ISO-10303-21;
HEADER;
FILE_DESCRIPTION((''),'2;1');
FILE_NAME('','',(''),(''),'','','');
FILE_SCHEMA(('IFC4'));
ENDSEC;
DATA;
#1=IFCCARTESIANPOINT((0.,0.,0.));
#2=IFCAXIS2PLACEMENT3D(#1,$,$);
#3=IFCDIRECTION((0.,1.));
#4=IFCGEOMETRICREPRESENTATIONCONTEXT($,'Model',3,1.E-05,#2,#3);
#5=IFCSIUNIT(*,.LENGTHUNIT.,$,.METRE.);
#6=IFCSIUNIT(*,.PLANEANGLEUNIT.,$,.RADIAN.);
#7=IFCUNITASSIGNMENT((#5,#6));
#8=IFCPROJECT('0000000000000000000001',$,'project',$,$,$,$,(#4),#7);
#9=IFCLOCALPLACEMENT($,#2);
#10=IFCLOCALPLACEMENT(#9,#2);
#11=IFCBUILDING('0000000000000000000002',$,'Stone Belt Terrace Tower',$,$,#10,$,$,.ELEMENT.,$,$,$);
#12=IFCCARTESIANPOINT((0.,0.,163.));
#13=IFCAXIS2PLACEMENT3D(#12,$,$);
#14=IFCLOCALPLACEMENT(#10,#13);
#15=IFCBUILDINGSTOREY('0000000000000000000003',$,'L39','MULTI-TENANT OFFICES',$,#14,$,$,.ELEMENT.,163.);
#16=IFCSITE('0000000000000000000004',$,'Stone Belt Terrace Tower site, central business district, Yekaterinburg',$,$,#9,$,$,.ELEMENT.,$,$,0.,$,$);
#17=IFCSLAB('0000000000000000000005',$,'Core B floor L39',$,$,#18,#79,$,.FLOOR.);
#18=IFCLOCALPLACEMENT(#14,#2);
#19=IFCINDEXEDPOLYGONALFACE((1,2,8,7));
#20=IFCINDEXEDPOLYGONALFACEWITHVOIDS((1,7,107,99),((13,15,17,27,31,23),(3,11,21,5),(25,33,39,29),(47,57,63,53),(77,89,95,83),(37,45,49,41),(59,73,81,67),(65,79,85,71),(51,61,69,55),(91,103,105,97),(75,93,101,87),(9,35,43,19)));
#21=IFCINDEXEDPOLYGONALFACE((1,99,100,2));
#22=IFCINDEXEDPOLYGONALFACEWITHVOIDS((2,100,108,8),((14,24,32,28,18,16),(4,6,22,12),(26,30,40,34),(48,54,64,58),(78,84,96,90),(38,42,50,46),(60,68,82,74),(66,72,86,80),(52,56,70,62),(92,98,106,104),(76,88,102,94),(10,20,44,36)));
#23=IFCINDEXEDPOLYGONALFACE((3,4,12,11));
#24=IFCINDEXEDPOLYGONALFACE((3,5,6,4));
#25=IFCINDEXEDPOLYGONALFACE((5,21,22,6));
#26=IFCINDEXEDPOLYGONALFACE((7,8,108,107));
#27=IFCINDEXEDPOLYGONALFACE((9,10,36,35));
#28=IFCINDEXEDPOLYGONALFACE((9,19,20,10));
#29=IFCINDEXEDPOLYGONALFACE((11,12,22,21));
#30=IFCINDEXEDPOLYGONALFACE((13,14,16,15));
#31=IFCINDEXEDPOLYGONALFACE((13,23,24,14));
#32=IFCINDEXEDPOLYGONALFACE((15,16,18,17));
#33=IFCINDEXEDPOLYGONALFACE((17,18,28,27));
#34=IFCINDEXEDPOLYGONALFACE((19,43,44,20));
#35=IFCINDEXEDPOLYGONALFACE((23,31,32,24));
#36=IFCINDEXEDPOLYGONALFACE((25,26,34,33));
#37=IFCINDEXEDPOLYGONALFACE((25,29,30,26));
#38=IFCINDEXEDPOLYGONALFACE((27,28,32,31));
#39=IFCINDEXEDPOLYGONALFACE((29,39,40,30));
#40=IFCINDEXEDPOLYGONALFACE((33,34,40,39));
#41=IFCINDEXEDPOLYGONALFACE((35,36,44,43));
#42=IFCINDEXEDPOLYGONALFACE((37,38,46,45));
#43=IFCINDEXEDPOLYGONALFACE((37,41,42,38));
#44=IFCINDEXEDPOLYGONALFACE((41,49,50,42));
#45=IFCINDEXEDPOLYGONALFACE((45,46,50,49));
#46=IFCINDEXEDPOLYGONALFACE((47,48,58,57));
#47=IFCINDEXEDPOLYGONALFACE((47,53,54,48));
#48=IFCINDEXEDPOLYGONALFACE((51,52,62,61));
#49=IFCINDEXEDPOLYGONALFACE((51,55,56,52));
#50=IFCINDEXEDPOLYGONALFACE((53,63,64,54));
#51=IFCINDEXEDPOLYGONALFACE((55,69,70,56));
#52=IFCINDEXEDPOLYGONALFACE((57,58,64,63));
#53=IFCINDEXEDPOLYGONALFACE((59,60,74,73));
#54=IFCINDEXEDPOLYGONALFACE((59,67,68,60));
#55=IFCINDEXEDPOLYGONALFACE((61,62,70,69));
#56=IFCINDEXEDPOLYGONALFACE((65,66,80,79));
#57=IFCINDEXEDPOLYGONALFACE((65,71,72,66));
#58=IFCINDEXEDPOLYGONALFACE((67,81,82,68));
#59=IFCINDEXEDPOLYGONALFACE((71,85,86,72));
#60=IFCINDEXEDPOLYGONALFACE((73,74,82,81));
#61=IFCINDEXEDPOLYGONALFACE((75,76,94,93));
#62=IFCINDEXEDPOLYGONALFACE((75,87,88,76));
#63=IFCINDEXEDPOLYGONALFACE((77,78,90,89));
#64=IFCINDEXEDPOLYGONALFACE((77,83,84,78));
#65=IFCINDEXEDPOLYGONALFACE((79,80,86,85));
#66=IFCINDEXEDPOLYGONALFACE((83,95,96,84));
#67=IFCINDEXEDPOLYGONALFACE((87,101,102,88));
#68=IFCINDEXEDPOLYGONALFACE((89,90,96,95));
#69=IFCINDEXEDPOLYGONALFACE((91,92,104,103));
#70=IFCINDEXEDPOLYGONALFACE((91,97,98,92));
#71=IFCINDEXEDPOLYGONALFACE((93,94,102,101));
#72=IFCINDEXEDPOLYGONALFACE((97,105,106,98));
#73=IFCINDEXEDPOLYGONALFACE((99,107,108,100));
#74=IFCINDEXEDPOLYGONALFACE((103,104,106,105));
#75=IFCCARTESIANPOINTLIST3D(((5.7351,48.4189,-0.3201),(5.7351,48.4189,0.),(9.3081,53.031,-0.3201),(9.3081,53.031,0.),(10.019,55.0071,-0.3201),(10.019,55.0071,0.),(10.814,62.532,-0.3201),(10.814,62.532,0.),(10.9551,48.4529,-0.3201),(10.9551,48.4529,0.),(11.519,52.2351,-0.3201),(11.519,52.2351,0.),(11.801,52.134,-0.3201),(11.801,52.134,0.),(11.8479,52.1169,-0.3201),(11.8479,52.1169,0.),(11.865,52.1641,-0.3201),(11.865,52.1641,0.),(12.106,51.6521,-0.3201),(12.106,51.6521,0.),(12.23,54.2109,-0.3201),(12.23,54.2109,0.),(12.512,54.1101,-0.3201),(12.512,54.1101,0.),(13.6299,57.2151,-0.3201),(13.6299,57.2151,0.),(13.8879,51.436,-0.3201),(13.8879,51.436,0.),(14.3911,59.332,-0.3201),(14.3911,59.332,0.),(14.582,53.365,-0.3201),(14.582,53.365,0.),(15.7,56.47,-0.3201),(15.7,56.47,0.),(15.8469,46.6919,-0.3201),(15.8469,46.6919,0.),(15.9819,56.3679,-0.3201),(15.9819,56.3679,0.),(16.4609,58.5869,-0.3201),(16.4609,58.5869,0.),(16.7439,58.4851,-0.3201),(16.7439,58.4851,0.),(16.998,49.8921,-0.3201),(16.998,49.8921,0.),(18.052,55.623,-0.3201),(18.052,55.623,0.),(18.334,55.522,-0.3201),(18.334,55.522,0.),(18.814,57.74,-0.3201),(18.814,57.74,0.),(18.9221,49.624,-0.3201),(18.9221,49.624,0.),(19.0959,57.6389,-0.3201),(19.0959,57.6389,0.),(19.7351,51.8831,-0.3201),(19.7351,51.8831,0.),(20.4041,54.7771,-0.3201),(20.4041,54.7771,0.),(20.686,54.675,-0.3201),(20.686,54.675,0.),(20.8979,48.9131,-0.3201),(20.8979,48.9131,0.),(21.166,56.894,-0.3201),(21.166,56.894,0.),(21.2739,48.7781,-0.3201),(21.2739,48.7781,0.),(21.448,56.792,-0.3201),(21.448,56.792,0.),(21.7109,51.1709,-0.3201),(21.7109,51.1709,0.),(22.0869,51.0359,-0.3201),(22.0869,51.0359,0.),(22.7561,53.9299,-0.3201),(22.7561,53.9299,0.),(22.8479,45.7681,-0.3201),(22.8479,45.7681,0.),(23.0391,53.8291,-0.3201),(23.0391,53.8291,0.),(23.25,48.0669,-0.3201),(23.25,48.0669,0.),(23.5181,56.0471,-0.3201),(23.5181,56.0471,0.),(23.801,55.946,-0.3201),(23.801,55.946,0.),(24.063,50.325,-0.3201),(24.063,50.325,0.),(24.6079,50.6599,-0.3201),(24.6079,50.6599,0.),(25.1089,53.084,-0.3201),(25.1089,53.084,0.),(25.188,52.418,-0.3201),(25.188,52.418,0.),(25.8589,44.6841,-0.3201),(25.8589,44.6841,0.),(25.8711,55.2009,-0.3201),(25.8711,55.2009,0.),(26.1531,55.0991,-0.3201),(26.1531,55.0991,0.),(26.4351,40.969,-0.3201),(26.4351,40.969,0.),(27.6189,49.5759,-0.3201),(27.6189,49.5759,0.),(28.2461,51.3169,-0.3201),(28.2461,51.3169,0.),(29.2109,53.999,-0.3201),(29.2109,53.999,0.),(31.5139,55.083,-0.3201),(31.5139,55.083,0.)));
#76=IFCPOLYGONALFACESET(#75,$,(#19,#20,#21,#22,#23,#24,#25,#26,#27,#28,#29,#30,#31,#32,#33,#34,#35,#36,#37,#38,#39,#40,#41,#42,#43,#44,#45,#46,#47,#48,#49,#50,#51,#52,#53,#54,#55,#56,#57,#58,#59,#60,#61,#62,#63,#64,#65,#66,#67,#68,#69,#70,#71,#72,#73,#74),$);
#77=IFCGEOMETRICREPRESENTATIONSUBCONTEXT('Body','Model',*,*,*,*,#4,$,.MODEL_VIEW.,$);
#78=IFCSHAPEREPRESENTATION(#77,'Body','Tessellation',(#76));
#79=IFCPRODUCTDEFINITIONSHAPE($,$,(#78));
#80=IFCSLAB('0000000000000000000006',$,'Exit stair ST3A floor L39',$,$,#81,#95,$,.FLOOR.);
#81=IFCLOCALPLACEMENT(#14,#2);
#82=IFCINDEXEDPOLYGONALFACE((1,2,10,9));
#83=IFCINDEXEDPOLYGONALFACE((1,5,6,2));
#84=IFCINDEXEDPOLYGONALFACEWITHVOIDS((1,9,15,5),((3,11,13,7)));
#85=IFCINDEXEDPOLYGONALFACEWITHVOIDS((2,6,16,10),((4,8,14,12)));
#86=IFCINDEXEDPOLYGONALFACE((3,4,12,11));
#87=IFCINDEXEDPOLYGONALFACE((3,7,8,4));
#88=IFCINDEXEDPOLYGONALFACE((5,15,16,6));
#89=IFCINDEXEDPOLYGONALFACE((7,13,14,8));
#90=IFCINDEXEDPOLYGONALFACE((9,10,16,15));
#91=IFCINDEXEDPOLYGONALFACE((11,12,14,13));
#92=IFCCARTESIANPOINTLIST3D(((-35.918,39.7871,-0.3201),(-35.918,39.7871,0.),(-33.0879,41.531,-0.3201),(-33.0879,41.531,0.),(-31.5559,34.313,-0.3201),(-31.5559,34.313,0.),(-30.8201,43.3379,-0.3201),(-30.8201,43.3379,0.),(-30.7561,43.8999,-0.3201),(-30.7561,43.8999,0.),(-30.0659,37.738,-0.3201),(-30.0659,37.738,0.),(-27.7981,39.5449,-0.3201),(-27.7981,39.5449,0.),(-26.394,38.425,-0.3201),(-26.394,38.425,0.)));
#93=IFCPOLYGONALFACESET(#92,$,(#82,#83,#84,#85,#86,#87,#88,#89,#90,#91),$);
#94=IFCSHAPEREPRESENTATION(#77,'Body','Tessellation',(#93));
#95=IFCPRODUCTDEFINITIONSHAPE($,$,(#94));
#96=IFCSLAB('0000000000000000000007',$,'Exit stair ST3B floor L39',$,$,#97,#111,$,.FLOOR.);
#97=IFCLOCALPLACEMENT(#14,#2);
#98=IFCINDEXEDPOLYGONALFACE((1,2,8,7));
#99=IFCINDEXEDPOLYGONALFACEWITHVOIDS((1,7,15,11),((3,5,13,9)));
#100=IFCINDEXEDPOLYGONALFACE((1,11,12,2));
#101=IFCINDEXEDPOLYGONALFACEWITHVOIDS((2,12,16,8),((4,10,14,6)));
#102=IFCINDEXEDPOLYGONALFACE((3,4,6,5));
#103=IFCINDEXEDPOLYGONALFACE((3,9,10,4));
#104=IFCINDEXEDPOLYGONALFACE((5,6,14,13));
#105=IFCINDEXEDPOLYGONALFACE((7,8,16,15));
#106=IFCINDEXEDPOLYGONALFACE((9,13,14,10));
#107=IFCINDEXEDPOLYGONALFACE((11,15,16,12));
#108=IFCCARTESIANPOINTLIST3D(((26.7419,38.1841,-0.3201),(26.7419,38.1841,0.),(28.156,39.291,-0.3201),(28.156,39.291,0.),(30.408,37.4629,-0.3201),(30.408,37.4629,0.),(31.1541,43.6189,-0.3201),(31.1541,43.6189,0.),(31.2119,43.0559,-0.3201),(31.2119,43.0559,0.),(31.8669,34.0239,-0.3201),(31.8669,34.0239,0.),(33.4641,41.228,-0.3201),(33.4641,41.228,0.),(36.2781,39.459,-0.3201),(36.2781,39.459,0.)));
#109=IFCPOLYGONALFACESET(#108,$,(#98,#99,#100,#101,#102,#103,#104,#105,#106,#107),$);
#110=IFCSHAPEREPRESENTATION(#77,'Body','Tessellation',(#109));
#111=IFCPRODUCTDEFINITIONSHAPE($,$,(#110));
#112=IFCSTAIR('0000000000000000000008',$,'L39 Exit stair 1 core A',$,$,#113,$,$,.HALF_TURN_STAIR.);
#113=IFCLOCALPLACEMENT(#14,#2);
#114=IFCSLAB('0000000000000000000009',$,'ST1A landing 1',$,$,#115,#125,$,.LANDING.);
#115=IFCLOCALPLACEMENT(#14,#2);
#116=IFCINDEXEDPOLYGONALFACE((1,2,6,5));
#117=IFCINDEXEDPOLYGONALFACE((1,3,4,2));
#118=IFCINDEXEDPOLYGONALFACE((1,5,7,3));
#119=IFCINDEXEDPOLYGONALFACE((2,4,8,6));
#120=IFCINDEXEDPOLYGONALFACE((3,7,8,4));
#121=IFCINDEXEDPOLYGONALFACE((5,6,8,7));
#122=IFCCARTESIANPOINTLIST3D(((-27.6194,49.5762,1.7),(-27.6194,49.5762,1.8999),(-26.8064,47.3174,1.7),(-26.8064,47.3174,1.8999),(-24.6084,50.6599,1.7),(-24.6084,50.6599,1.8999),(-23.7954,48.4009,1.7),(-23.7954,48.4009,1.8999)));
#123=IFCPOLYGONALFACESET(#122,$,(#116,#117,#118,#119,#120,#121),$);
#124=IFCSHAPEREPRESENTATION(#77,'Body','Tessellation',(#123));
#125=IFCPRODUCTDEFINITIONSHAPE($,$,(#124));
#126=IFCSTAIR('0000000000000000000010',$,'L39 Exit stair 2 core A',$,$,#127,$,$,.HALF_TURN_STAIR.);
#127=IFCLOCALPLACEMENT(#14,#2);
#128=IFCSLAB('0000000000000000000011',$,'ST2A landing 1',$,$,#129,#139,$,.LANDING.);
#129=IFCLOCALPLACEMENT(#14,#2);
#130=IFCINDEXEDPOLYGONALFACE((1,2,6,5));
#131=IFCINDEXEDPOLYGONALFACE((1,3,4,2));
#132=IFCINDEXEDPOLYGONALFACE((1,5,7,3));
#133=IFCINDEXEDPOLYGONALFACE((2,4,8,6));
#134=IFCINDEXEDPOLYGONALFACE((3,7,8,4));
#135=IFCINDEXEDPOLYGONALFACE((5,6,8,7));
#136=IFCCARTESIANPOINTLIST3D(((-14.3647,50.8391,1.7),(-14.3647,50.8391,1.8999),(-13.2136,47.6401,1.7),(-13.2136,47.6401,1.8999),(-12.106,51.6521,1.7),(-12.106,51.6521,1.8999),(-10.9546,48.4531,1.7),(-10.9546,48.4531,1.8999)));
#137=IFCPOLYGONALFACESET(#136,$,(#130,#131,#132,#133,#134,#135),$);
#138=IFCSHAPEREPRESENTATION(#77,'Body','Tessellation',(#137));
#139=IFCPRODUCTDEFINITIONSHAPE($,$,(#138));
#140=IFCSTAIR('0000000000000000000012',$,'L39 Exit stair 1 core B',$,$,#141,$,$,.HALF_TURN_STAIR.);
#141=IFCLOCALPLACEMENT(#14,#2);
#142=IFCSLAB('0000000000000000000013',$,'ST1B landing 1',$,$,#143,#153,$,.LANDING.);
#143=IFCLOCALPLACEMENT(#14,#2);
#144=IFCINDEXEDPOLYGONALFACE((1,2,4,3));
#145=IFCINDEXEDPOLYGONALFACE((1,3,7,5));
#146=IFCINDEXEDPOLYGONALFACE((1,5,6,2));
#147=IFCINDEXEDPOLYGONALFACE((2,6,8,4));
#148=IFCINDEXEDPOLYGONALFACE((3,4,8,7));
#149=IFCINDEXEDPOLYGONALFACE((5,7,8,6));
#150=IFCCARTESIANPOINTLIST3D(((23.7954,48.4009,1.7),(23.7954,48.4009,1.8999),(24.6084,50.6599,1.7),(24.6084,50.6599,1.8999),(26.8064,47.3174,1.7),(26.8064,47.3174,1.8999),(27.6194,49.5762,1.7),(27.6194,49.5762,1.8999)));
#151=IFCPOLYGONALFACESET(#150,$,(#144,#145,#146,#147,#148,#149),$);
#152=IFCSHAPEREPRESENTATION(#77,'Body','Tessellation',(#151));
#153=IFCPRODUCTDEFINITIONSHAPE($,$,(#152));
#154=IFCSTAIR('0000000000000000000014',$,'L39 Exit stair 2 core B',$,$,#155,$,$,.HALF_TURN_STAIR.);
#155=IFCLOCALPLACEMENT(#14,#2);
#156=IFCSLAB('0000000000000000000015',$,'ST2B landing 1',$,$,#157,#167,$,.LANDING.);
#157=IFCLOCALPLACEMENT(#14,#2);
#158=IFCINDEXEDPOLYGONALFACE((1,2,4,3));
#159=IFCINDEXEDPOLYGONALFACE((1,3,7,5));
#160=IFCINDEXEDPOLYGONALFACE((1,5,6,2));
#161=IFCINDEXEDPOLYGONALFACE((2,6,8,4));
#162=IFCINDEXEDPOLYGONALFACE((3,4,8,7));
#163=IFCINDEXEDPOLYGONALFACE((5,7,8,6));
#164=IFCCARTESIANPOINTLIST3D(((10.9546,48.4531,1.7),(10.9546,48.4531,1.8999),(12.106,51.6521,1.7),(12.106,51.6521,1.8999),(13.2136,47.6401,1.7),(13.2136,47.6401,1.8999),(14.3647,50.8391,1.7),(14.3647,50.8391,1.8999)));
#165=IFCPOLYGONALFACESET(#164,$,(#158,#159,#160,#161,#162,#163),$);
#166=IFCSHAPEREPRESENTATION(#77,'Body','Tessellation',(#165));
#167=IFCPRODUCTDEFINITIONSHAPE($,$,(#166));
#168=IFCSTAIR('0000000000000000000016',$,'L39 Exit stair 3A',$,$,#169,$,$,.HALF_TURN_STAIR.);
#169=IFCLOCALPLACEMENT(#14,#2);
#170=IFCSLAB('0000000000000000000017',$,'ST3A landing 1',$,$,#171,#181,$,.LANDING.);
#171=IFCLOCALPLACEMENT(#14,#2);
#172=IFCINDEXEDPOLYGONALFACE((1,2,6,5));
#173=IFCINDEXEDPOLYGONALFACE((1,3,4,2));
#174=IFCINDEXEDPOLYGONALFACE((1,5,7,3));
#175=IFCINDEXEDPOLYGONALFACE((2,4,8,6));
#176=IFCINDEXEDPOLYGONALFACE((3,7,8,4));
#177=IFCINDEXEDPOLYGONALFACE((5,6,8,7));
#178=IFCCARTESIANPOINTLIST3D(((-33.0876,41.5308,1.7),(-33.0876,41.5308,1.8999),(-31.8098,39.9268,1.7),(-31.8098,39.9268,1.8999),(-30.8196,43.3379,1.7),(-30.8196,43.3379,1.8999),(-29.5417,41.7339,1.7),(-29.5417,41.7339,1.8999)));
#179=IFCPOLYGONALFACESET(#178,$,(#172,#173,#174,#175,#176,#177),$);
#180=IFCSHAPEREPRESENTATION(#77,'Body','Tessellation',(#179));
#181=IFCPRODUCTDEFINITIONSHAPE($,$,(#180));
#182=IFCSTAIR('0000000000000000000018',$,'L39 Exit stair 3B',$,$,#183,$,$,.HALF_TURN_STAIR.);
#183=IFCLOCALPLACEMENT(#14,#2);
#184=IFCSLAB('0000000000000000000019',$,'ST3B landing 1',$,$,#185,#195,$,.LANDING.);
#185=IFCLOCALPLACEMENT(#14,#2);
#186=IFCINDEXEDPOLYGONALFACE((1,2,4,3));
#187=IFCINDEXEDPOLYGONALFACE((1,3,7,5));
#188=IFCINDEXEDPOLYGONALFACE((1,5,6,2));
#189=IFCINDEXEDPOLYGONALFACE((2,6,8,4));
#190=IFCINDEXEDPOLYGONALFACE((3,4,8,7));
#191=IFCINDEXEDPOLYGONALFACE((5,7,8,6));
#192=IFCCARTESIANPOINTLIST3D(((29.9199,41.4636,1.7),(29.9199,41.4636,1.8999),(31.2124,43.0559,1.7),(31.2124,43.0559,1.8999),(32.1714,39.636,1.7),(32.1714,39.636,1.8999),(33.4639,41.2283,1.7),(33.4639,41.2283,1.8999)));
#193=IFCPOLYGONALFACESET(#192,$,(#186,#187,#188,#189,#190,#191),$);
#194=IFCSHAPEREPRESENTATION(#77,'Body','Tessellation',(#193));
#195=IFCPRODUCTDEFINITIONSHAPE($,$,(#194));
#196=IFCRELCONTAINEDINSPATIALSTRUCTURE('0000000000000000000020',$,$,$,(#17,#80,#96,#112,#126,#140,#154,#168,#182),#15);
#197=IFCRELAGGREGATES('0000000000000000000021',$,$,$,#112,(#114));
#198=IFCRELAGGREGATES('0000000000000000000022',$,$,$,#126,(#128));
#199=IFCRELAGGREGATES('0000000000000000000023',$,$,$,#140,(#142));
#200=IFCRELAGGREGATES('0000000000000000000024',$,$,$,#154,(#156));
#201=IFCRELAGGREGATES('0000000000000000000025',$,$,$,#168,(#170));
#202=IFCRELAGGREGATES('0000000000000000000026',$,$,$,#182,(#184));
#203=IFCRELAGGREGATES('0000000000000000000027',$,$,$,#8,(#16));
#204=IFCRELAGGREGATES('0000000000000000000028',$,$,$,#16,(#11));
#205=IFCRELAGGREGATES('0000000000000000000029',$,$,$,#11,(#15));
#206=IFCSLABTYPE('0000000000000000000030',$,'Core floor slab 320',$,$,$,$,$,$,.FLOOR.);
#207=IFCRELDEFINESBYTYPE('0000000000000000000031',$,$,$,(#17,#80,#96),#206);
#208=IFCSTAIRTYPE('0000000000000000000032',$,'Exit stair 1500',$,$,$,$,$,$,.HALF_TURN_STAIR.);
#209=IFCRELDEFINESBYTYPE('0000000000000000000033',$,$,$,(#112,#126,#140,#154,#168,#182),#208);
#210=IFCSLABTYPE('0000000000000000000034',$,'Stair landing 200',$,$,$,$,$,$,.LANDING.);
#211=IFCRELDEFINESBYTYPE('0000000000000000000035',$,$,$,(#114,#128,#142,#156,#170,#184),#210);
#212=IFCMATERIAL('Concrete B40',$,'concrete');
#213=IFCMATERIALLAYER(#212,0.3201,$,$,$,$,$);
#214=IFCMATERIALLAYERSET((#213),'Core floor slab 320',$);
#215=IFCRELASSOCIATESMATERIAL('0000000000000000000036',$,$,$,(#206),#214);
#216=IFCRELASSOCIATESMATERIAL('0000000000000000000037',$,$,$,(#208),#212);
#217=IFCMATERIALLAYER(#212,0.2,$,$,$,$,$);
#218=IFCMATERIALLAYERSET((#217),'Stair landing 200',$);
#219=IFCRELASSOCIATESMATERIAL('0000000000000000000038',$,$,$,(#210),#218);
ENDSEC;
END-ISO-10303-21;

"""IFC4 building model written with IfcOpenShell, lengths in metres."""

from ifc_helpers import new_model, si_unit, direction, frame, origin, place, context, subcontext, project, spatial, polyline, outline, extrude, material, layer, layer_set, type_object, element, aggregate, save


model = new_model("IFC4")

# Units and contexts
model_context = context("Model", 3, precision=1e-05, world=origin(), true_north=direction((0.0, 1.0)))
body_context = subcontext(model_context, "Body", "Model", "MODEL_VIEW")
ifc_project = project(units=[si_unit("LENGTHUNIT", "METRE"), si_unit("PLANEANGLEUNIT", "RADIAN")], contexts=[model_context])

# Site, building, storey
site_placement = place(None, origin())
site = spatial("IfcSite", under=ifc_project, at=site_placement, Name="Stone Belt Terrace Tower site, central business district, Yekaterinburg", CompositionType="ELEMENT", RefElevation=0.0)
building_placement = place(site_placement, origin())
building = spatial("IfcBuilding", under=site, at=building_placement, Name="Stone Belt Terrace Tower", CompositionType="ELEMENT")
storey_placement = place(building_placement, frame((0.0, 0.0, 163.0)))
storey = spatial("IfcBuildingStorey", under=building, at=storey_placement, Name="L39", Description="MULTI-TENANT OFFICES", CompositionType="ELEMENT", Elevation=163.0)

# Slabs
ifc_material_1 = material(Name="Concrete B40", Category="concrete")
ifc_layer_1 = layer(ifc_material_1, 0.3201)
ifc_layer_set_1 = layer_set([ifc_layer_1], Name="Core floor slab 320")
slab_type_1 = type_object("IfcSlabType", Name="Core floor slab 320", PredefinedType="FLOOR", material=ifc_layer_set_1)
slab_1_placement = place(storey_placement, frame((0.0, 0.0, -0.3201)))
element("IfcSlab", 1, at=slab_1_placement, inside=storey, type_object=slab_type_1, Name="Core B floor L39", PredefinedType="FLOOR", context=body_context, shape_type="SweptSolid", body=[
    extrude(outline(polyline([(26.4351, 40.969), (31.5139, 55.083), (10.814, 62.532), (5.7351, 48.4189), (26.4351, 40.969)]), holes=[polyline([(12.106, 51.6521), (16.998, 49.8921), (15.8469, 46.6919), (10.9551, 48.4529), (12.106, 51.6521)]), polyline([(12.512, 54.1101), (14.582, 53.365), (13.8879, 51.436), (11.865, 52.1641), (11.8479, 52.1169), (11.801, 52.134), (12.512, 54.1101)]), polyline([(9.3081, 53.031), (10.019, 55.0071), (12.23, 54.2109), (11.519, 52.2351), (9.3081, 53.031)]), polyline([(18.334, 55.522), (19.0959, 57.6389), (21.166, 56.894), (20.4041, 54.7771), (18.334, 55.522)]), polyline([(16.7439, 58.4851), (18.814, 57.74), (18.052, 55.623), (15.9819, 56.3679), (16.7439, 58.4851)]), polyline([(14.3911, 59.332), (16.4609, 58.5869), (15.7, 56.47), (13.6299, 57.2151), (14.3911, 59.332)]), polyline([(27.6189, 49.5759), (25.8589, 44.6841), (22.8479, 45.7681), (24.6079, 50.6599), (27.6189, 49.5759)]), polyline([(21.2739, 48.7781), (22.0869, 51.0359), (24.063, 50.325), (23.25, 48.0669), (21.2739, 48.7781)]), polyline([(18.9221, 49.624), (19.7351, 51.8831), (21.7109, 51.1709), (20.8979, 48.9131), (18.9221, 49.624)]), polyline([(26.1531, 55.0991), (29.2109, 53.999), (28.2461, 51.3169), (25.188, 52.418), (26.1531, 55.0991)]), polyline([(23.801, 55.946), (25.8711, 55.2009), (25.1089, 53.084), (23.0391, 53.8291), (23.801, 55.946)]), polyline([(21.448, 56.792), (23.5181, 56.0471), (22.7561, 53.9299), (20.686, 54.675), (21.448, 56.792)])]), origin(), (0.0, 0.0, 1.0), 0.3201),
])
slab_2_placement = place(storey_placement, frame((0.0, 0.0, -0.3201)))
element("IfcSlab", 2, at=slab_2_placement, inside=storey, type_object=slab_type_1, Name="Exit stair ST3A floor L39", PredefinedType="FLOOR", context=body_context, shape_type="SweptSolid", body=[
    extrude(outline(polyline([(-26.394, 38.425), (-30.7561, 43.8999), (-35.918, 39.7871), (-31.5559, 34.313), (-26.394, 38.425)]), holes=[polyline([(-27.7981, 39.5449), (-30.0659, 37.738), (-33.0879, 41.531), (-30.8201, 43.3379), (-27.7981, 39.5449)])]), origin(), (0.0, 0.0, 1.0), 0.3201),
])
slab_3_placement = place(storey_placement, frame((0.0, 0.0, -0.3201)))
element("IfcSlab", 3, at=slab_3_placement, inside=storey, type_object=slab_type_1, Name="Exit stair ST3B floor L39", PredefinedType="FLOOR", context=body_context, shape_type="SweptSolid", body=[
    extrude(outline(polyline([(26.7419, 38.1841), (31.8669, 34.0239), (36.2781, 39.459), (31.1541, 43.6189), (26.7419, 38.1841)]), holes=[polyline([(30.408, 37.4629), (28.156, 39.291), (31.2119, 43.0559), (33.4641, 41.228), (30.408, 37.4629)])]), origin(), (0.0, 0.0, 1.0), 0.3201),
])

# Stairs, slabs
stair_type = type_object("IfcStairType", Name="Exit stair 1500", PredefinedType="HALF_TURN_STAIR", material=ifc_material_1)
stair_1_placement = place(storey_placement, origin())
stair_1 = element("IfcStair", 4, at=stair_1_placement, inside=storey, type_object=stair_type, Name="L39 Exit stair 1 core A", PredefinedType="HALF_TURN_STAIR")
ifc_layer_2 = layer(ifc_material_1, 0.2)
ifc_layer_set_2 = layer_set([ifc_layer_2], Name="Stair landing 200")
slab_type_2 = type_object("IfcSlabType", Name="Stair landing 200", PredefinedType="LANDING", material=ifc_layer_set_2)
slab_4_placement = place(storey_placement, frame((0.0, 0.0, 1.7)))
slab_4 = element("IfcSlab", 5, at=slab_4_placement, type_object=slab_type_2, Name="ST1A landing 1", PredefinedType="LANDING", context=body_context, shape_type="SweptSolid", body=[
    extrude(outline(polyline([(-23.7954, 48.4009), (-24.6084, 50.6599), (-27.6194, 49.5762), (-26.8064, 47.3174), (-23.7954, 48.4009)])), origin(), (0.0, 0.0, 1.0), 0.2),
])
aggregate(stair_1, [slab_4])
stair_2_placement = place(storey_placement, origin())
stair_2 = element("IfcStair", 6, at=stair_2_placement, inside=storey, type_object=stair_type, Name="L39 Exit stair 2 core A", PredefinedType="HALF_TURN_STAIR")
slab_5_placement = place(storey_placement, frame((0.0, 0.0, 1.7)))
slab_5 = element("IfcSlab", 7, at=slab_5_placement, type_object=slab_type_2, Name="ST2A landing 1", PredefinedType="LANDING", context=body_context, shape_type="SweptSolid", body=[
    extrude(outline(polyline([(-13.2136, 47.6401), (-10.9546, 48.4531), (-12.106, 51.6521), (-14.3647, 50.8391), (-13.2136, 47.6401)])), origin(), (0.0, 0.0, 1.0), 0.2),
])
aggregate(stair_2, [slab_5])
stair_3_placement = place(storey_placement, origin())
stair_3 = element("IfcStair", 8, at=stair_3_placement, inside=storey, type_object=stair_type, Name="L39 Exit stair 1 core B", PredefinedType="HALF_TURN_STAIR")
slab_6_placement = place(storey_placement, frame((0.0, 0.0, 1.7)))
slab_6 = element("IfcSlab", 9, at=slab_6_placement, type_object=slab_type_2, Name="ST1B landing 1", PredefinedType="LANDING", context=body_context, shape_type="SweptSolid", body=[
    extrude(outline(polyline([(26.8064, 47.3174), (27.6194, 49.5762), (24.6084, 50.6599), (23.7954, 48.4009), (26.8064, 47.3174)])), origin(), (0.0, 0.0, 1.0), 0.2),
])
aggregate(stair_3, [slab_6])
stair_4_placement = place(storey_placement, origin())
stair_4 = element("IfcStair", 10, at=stair_4_placement, inside=storey, type_object=stair_type, Name="L39 Exit stair 2 core B", PredefinedType="HALF_TURN_STAIR")
slab_7_placement = place(storey_placement, frame((0.0, 0.0, 1.7)))
slab_7 = element("IfcSlab", 11, at=slab_7_placement, type_object=slab_type_2, Name="ST2B landing 1", PredefinedType="LANDING", context=body_context, shape_type="SweptSolid", body=[
    extrude(outline(polyline([(14.3647, 50.8391), (12.106, 51.6521), (10.9546, 48.4531), (13.2136, 47.6401), (14.3647, 50.8391)])), origin(), (0.0, 0.0, 1.0), 0.2),
])
aggregate(stair_4, [slab_7])
stair_5_placement = place(storey_placement, origin())
stair_5 = element("IfcStair", 12, at=stair_5_placement, inside=storey, type_object=stair_type, Name="L39 Exit stair 3A", PredefinedType="HALF_TURN_STAIR")
slab_8_placement = place(storey_placement, frame((0.0, 0.0, 1.7)))
slab_8 = element("IfcSlab", 13, at=slab_8_placement, type_object=slab_type_2, Name="ST3A landing 1", PredefinedType="LANDING", context=body_context, shape_type="SweptSolid", body=[
    extrude(outline(polyline([(-29.5417, 41.7339), (-30.8196, 43.3379), (-33.0876, 41.5308), (-31.8098, 39.9268), (-29.5417, 41.7339)])), origin(), (0.0, 0.0, 1.0), 0.2),
])
aggregate(stair_5, [slab_8])
stair_6_placement = place(storey_placement, origin())
stair_6 = element("IfcStair", 14, at=stair_6_placement, inside=storey, type_object=stair_type, Name="L39 Exit stair 3B", PredefinedType="HALF_TURN_STAIR")
slab_9_placement = place(storey_placement, frame((0.0, 0.0, 1.7)))
slab_9 = element("IfcSlab", 15, at=slab_9_placement, type_object=slab_type_2, Name="ST3B landing 1", PredefinedType="LANDING", context=body_context, shape_type="SweptSolid", body=[
    extrude(outline(polyline([(32.1714, 39.636), (33.4639, 41.2283), (31.2124, 43.0559), (29.9199, 41.4636), (32.1714, 39.636)])), origin(), (0.0, 0.0, 1.0), 0.2),
])
aggregate(stair_6, [slab_9])

save(model, "model.ifc")
